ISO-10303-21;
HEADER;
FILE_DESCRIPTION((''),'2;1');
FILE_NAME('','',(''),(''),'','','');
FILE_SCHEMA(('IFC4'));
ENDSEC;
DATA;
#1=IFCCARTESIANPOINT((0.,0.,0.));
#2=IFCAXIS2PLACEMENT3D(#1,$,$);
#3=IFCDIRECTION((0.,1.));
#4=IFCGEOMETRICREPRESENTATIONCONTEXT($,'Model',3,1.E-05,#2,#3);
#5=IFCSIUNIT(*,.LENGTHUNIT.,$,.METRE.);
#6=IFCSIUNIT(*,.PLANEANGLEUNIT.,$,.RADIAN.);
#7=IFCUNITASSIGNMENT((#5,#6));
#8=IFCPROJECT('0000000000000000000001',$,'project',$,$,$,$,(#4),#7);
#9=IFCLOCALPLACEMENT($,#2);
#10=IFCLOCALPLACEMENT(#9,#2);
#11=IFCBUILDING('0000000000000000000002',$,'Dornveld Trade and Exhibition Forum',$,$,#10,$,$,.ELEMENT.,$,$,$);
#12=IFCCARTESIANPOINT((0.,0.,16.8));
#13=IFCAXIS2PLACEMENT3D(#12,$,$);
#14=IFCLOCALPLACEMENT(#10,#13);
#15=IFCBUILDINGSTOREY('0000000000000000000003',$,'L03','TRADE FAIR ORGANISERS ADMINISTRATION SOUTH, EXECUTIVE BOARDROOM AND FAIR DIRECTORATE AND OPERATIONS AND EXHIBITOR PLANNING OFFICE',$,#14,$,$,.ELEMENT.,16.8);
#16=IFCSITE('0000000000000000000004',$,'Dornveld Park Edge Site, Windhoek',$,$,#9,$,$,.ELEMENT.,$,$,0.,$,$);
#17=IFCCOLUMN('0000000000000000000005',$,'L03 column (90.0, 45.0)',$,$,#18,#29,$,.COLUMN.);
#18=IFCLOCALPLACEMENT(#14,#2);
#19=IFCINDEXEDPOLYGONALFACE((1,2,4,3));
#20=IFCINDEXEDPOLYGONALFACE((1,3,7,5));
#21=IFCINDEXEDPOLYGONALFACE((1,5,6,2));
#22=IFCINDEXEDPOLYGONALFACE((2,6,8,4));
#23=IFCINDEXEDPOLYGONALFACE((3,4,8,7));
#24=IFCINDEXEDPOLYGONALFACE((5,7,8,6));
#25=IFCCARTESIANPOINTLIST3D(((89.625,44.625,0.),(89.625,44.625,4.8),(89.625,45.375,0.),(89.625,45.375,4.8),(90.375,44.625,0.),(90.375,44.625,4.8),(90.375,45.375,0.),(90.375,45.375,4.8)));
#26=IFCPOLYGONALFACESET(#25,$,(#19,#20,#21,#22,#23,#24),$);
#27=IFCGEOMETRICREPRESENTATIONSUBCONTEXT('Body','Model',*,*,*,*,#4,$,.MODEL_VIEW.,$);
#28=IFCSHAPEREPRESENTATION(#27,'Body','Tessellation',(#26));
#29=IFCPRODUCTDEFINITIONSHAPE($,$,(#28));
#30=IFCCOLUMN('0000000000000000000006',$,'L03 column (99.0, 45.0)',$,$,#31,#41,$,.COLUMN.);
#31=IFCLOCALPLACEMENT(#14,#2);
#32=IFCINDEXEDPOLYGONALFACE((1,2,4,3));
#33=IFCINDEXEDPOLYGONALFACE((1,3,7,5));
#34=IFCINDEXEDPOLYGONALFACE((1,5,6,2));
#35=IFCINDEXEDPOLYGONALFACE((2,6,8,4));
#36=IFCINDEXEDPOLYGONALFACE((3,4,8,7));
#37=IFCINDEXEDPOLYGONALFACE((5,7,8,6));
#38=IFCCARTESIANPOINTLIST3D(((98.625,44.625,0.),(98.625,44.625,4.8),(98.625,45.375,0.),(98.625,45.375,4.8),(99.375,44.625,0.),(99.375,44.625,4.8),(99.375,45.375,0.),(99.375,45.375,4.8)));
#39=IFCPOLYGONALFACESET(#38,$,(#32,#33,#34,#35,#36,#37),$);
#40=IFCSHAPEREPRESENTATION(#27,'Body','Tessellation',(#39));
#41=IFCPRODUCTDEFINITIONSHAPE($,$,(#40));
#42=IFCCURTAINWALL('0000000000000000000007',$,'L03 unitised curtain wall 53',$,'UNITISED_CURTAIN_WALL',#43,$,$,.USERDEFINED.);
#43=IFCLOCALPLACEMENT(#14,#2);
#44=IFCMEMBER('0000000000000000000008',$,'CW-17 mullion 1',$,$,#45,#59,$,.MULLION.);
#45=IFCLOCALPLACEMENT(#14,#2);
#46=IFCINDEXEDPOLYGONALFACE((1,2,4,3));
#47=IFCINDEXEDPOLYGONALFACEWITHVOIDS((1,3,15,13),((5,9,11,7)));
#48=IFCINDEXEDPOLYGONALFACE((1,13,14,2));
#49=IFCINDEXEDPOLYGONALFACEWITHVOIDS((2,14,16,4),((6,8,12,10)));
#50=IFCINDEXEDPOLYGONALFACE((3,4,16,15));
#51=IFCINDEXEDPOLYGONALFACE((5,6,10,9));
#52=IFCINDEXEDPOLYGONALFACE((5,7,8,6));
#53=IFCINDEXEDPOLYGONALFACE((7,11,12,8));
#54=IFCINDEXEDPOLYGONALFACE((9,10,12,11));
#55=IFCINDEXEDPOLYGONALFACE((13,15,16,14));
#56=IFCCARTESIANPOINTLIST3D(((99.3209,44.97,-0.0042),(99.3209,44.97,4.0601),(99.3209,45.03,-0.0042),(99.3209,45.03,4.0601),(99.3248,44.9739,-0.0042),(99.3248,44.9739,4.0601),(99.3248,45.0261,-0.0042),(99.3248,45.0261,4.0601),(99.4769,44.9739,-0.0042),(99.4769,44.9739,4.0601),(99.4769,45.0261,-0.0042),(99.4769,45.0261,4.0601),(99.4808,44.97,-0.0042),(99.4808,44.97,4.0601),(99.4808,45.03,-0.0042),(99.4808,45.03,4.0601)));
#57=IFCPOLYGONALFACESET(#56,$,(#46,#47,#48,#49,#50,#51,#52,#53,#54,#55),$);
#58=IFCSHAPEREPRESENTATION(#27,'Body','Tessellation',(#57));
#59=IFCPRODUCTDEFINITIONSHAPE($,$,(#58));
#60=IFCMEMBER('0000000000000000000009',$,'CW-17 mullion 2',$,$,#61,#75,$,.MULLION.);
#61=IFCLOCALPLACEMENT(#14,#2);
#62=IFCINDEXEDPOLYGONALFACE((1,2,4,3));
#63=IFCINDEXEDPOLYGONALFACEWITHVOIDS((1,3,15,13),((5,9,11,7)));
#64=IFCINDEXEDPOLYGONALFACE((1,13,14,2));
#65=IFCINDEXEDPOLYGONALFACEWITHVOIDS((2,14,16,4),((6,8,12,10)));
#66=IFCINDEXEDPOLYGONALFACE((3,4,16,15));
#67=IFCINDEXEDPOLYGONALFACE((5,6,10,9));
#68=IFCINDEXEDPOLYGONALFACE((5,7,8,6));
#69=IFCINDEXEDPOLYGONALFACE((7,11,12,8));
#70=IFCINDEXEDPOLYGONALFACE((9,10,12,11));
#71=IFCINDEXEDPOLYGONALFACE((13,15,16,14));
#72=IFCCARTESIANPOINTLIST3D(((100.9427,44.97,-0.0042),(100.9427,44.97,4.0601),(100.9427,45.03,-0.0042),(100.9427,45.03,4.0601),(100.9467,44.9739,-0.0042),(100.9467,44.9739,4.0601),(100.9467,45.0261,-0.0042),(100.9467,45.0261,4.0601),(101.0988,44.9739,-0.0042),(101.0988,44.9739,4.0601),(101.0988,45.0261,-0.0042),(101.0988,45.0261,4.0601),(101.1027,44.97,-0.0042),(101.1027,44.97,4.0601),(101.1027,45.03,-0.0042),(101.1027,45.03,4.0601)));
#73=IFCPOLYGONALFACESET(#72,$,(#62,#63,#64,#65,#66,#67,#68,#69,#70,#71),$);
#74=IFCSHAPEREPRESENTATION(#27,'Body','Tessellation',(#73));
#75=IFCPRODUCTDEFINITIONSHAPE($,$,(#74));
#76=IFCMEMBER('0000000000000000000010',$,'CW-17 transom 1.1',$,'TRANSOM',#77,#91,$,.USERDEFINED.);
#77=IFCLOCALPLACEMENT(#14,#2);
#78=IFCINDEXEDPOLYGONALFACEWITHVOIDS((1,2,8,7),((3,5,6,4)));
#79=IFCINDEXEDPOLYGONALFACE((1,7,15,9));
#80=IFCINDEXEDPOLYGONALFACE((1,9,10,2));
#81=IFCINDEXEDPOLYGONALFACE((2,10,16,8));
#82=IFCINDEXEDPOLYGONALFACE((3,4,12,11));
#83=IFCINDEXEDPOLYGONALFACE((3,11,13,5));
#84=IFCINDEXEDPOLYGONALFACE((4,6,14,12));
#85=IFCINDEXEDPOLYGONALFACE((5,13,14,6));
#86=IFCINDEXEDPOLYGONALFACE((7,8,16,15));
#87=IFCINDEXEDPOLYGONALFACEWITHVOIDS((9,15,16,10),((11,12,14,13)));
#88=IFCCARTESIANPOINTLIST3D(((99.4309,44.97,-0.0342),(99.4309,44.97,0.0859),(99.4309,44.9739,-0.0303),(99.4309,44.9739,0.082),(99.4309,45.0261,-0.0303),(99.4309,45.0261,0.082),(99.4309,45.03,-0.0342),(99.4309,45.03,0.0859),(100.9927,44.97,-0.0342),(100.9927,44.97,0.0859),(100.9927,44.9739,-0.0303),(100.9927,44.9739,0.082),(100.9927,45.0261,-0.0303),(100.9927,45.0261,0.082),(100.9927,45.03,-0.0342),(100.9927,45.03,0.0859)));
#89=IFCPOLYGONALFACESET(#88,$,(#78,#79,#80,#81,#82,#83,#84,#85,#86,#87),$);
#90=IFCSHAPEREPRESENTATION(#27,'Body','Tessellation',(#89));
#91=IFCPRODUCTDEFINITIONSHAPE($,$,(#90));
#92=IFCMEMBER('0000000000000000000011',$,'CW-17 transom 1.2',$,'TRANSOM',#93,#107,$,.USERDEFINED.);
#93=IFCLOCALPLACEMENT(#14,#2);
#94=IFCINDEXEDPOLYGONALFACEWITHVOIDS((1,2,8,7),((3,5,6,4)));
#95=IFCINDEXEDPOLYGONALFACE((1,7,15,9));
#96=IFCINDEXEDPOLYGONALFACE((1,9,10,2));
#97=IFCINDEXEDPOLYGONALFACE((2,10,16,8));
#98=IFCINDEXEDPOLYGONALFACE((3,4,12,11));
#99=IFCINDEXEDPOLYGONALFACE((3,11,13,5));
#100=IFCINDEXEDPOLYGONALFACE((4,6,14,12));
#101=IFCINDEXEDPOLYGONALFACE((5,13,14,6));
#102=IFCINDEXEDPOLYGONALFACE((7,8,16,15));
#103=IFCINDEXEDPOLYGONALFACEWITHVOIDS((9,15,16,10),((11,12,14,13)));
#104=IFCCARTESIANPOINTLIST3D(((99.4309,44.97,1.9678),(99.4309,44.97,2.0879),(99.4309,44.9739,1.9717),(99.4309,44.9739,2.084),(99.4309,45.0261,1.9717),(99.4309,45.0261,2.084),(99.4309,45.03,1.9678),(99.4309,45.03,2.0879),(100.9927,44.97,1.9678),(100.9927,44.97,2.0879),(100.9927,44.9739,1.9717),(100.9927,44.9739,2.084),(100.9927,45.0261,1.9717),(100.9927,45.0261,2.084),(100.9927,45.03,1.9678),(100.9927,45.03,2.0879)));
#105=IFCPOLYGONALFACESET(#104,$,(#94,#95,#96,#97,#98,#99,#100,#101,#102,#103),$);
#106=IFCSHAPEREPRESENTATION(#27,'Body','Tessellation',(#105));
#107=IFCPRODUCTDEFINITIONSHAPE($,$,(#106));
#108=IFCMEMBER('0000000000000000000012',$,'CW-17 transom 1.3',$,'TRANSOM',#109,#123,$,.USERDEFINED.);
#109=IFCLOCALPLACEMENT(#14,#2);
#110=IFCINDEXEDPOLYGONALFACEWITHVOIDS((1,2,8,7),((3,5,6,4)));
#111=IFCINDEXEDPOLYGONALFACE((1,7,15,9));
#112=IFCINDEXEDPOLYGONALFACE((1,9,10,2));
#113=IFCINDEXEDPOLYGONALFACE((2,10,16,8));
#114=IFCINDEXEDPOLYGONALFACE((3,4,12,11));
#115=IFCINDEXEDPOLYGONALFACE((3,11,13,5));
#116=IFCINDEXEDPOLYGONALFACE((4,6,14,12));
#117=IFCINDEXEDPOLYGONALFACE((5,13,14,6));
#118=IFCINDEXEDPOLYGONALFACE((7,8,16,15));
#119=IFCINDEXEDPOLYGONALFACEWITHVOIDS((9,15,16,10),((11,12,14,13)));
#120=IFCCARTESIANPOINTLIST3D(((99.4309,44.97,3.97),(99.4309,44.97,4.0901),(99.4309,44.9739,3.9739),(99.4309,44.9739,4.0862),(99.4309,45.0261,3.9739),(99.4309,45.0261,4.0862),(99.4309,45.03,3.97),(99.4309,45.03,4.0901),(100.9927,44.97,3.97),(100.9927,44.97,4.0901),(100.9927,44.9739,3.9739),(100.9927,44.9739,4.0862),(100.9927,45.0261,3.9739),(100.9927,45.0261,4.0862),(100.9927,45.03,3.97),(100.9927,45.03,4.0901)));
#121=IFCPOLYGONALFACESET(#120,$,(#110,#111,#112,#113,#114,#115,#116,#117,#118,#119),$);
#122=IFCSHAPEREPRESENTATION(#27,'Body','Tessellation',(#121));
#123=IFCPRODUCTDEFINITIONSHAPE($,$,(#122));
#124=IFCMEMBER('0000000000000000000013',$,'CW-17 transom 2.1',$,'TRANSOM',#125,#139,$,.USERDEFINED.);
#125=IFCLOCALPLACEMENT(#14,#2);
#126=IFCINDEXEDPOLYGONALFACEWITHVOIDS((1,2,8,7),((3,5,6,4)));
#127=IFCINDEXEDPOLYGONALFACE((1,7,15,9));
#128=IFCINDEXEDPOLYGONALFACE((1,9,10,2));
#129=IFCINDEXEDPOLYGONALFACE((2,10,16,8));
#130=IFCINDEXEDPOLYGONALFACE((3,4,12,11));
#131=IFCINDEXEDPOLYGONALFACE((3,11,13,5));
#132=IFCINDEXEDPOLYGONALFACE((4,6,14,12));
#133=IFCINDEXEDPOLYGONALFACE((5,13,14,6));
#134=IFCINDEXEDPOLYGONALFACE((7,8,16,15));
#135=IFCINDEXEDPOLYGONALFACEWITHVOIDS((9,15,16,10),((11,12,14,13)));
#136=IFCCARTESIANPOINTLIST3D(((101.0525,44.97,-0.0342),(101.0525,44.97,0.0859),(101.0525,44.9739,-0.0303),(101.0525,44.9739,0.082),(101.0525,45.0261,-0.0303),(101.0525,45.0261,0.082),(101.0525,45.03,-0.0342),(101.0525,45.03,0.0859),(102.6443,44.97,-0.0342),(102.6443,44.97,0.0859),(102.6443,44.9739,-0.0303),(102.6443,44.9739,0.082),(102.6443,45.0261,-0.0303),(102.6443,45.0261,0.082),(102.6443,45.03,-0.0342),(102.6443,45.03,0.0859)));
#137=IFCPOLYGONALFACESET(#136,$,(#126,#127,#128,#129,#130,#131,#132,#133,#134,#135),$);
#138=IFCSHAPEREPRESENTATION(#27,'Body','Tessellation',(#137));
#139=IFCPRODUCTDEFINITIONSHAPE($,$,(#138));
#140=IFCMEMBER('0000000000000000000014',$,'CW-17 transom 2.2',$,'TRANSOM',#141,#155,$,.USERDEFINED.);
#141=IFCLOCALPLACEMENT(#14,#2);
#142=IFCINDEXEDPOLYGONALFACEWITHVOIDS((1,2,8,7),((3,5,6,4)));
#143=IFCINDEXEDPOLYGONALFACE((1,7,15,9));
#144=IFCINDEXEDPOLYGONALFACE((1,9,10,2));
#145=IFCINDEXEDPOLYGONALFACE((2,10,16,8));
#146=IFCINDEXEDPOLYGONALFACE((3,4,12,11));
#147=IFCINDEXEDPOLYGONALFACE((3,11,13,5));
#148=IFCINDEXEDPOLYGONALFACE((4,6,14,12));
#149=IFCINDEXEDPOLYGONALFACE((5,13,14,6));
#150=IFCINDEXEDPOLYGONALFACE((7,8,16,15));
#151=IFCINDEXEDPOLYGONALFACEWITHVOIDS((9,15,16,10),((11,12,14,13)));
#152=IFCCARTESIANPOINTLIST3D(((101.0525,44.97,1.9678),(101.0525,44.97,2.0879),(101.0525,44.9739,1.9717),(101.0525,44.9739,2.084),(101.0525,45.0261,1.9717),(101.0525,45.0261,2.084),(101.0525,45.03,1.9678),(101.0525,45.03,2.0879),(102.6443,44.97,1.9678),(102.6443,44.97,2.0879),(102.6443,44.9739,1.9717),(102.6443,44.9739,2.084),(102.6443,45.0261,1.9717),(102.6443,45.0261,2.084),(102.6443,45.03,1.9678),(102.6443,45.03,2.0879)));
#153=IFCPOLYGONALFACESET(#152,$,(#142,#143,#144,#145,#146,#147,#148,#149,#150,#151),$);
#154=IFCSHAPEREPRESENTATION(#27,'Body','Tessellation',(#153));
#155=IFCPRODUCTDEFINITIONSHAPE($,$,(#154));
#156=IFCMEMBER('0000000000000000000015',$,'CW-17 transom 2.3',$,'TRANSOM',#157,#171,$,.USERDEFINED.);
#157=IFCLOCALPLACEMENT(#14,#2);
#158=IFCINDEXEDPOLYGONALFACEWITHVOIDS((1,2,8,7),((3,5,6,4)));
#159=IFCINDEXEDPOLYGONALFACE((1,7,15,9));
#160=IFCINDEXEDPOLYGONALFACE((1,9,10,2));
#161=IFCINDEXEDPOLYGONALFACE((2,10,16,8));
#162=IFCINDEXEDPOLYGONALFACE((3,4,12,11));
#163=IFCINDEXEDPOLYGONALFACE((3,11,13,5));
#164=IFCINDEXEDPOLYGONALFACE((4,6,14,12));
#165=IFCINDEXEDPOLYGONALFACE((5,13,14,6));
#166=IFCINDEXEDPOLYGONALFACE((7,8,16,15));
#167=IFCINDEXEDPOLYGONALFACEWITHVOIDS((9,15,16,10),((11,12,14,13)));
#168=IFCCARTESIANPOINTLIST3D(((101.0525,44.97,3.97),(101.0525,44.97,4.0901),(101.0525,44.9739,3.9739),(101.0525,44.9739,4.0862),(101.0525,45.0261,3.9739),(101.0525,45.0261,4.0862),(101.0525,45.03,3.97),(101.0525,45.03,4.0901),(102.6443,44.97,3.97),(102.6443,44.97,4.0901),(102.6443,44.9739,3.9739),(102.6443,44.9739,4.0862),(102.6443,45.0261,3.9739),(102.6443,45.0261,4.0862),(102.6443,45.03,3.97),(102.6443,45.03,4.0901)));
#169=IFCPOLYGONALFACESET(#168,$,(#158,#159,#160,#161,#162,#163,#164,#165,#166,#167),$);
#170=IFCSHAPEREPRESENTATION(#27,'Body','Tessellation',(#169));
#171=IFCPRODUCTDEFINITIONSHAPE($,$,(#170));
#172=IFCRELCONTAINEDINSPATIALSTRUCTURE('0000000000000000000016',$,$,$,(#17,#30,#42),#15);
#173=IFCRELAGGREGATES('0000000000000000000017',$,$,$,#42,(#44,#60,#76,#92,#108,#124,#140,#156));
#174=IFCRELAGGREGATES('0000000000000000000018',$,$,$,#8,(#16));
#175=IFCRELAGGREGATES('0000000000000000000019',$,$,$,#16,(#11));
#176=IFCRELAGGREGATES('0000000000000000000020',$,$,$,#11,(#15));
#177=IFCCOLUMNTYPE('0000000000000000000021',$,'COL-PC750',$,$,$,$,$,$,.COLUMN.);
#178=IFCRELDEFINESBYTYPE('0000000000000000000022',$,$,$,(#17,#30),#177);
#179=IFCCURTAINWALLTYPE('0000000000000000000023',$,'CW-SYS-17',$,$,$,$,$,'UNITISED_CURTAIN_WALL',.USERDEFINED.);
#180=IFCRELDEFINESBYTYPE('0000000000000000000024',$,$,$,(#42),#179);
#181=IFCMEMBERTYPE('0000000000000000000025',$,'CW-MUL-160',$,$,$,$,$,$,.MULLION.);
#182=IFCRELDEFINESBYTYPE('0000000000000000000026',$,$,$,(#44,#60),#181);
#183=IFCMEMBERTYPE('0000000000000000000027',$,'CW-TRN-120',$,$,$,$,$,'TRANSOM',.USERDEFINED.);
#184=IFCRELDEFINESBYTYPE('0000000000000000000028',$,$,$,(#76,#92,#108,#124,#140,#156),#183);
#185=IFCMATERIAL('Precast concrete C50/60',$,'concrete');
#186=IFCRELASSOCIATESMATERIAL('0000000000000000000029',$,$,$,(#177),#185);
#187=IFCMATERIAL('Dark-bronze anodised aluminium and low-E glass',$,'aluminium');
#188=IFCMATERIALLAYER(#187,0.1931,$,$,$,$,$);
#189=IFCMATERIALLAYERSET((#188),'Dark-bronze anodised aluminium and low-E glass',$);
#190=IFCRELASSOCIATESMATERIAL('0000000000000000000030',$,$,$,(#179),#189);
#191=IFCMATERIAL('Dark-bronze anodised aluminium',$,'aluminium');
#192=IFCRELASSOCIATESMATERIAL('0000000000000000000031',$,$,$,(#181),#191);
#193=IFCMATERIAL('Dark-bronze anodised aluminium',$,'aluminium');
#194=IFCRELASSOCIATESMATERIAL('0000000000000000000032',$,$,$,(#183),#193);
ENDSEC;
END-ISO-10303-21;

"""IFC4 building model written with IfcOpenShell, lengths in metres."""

from ifc_helpers import new_model, si_unit, direction, frame, origin, origin_2d, place, context, subcontext, project, spatial, rectangle, hollow_rectangle, extrude, material, layer, layer_set, material_profile, profile_set, type_object, element, aggregate, save


model = new_model("IFC4")

# Units and contexts
model_context = context("Model", 3, precision=1e-05, world=origin(), true_north=direction((0.0, 1.0)))
body_context = subcontext(model_context, "Body", "Model", "MODEL_VIEW")
ifc_project = project(units=[si_unit("LENGTHUNIT", "METRE"), si_unit("PLANEANGLEUNIT", "RADIAN")], contexts=[model_context])

# Site, building, storey
site_placement = place(None, origin())
site = spatial("IfcSite", under=ifc_project, at=site_placement, Name="Dornveld Park Edge Site, Windhoek", CompositionType="ELEMENT", RefElevation=0.0)
building_placement = place(site_placement, origin())
building = spatial("IfcBuilding", under=site, at=building_placement, Name="Dornveld Trade and Exhibition Forum", CompositionType="ELEMENT")
storey_placement = place(building_placement, frame((0.0, 0.0, 16.8)))
storey = spatial("IfcBuildingStorey", under=building, at=storey_placement, Name="L03", Description="TRADE FAIR ORGANISERS ADMINISTRATION SOUTH, EXECUTIVE BOARDROOM AND FAIR DIRECTORATE AND OPERATIONS AND EXHIBITOR PLANNING OFFICE", CompositionType="ELEMENT", Elevation=16.8)

# Columns
ifc_material_1 = material(Name="Precast concrete C50/60", Category="concrete")
ifc_material_profile_1 = material_profile(ifc_material_1, rectangle(XDim=0.75, YDim=0.75, at=origin_2d()), Name="PC-COL 750x750")
ifc_profile_set_1 = profile_set([ifc_material_profile_1], Name="Precast concrete C50/60")
column_type = type_object("IfcColumnType", Name="COL-PC750", PredefinedType="COLUMN", material=ifc_profile_set_1)
for number, where, z_axis, x_axis, name in (
    (1, (90.0, 45.0, 0.0), (0.0, 0.0, 1.0), (1.0, 0.0, 0.0), "L03 column (90.0, 45.0)"),
    (2, (99.0, 45.0, 0.0), (0.0, 0.0, 1.0), (1.0, 0.0, 0.0), "L03 column (99.0, 45.0)"),
):
    element("IfcColumn", number, at=place(storey_placement, frame(where, z_axis=z_axis, x_axis=x_axis)), inside=storey, type_object=column_type, Name=name, PredefinedType="COLUMN", context=body_context, shape_type="SweptSolid", body=[
        extrude(rectangle(XDim=0.75, YDim=0.75, at=origin_2d()), origin(), (0.0, 0.0, 1.0), 4.8),
    ])

# Curtain wall, members
ifc_material_2 = material(Name="Dark-bronze anodised aluminium and low-E glass", Category="aluminium")
ifc_layer_1 = layer(ifc_material_2, 0.1931)
ifc_layer_set_1 = layer_set([ifc_layer_1], Name="Dark-bronze anodised aluminium and low-E glass")
curtain_wall_type = type_object("IfcCurtainWallType", Name="CW-SYS-17", ElementType="UNITISED_CURTAIN_WALL", PredefinedType="USERDEFINED", material=ifc_layer_set_1)
curtain_wall_placement = place(storey_placement, origin())
curtain_wall = element("IfcCurtainWall", 3, at=curtain_wall_placement, inside=storey, type_object=curtain_wall_type, Name="L03 unitised curtain wall 53", ObjectType="UNITISED_CURTAIN_WALL", PredefinedType="USERDEFINED")
ifc_material_3 = material(Name="Dark-bronze anodised aluminium", Category="aluminium")
ifc_material_profile_2 = material_profile(ifc_material_3, hollow_rectangle(XDim=0.0601, YDim=0.1599, WallThickness=0.0039, at=origin_2d()), Name="RHS 160x60x4")
ifc_profile_set_2 = profile_set([ifc_material_profile_2], Name="Dark-bronze anodised aluminium")
member_type_1 = type_object("IfcMemberType", Name="CW-MUL-160", PredefinedType="MULLION", material=ifc_profile_set_2)
member_1_placement = place(storey_placement, frame((99.4009, 45.0, -0.0042), z_axis=(0.0, 0.0, 1.0), x_axis=(0.0, 1.0, 0.0)))
member_1 = element("IfcMember", 4, at=member_1_placement, type_object=member_type_1, Name="CW-17 mullion 1", PredefinedType="MULLION", context=body_context, shape_type="SweptSolid", body=[
    extrude(hollow_rectangle(XDim=0.0601, YDim=0.1599, WallThickness=0.0039, at=origin_2d()), origin(), (0.0, 0.0, 1.0), 4.0642),
])
member_2_placement = place(storey_placement, frame((101.0227, 45.0, -0.0042), z_axis=(0.0, 0.0, 1.0), x_axis=(0.0, 1.0, 0.0)))
member_2 = element("IfcMember", 5, at=member_2_placement, type_object=member_type_1, Name="CW-17 mullion 2", PredefinedType="MULLION", context=body_context, shape_type="SweptSolid", body=[
    extrude(hollow_rectangle(XDim=0.0601, YDim=0.1599, WallThickness=0.0039, at=origin_2d()), origin(), (0.0, 0.0, 1.0), 4.0642),
])
ifc_material_4 = material(Name="Dark-bronze anodised aluminium", Category="aluminium")
ifc_material_profile_3 = material_profile(ifc_material_4, hollow_rectangle(XDim=0.0601, YDim=0.1201, WallThickness=0.0039, at=origin_2d()), Name="RHS 120x60x4")
ifc_profile_set_3 = profile_set([ifc_material_profile_3], Name="Dark-bronze anodised aluminium")
member_type_2 = type_object("IfcMemberType", Name="CW-TRN-120", ElementType="TRANSOM", PredefinedType="USERDEFINED", material=ifc_profile_set_3)
member_3_placement = place(storey_placement, frame((99.4309, 45.0, 0.0259), z_axis=(1.0, 0.0, 0.0), x_axis=(0.0, 1.0, 0.0)))
member_3 = element("IfcMember", 6, at=member_3_placement, type_object=member_type_2, Name="CW-17 transom 1.1", ObjectType="TRANSOM", PredefinedType="USERDEFINED", context=body_context, shape_type="SweptSolid", body=[
    extrude(hollow_rectangle(XDim=0.0601, YDim=0.1201, WallThickness=0.0039, at=origin_2d()), origin(), (0.0, 0.0, 1.0), 1.5618),
])
member_4_placement = place(storey_placement, frame((99.4309, 45.0, 2.0278), z_axis=(1.0, 0.0, 0.0), x_axis=(0.0, 1.0, 0.0)))
member_4 = element("IfcMember", 7, at=member_4_placement, type_object=member_type_2, Name="CW-17 transom 1.2", ObjectType="TRANSOM", PredefinedType="USERDEFINED", context=body_context, shape_type="SweptSolid", body=[
    extrude(hollow_rectangle(XDim=0.0601, YDim=0.1201, WallThickness=0.0039, at=origin_2d()), origin(), (0.0, 0.0, 1.0), 1.5618),
])
member_5_placement = place(storey_placement, frame((99.4309, 45.0, 4.03), z_axis=(1.0, 0.0, 0.0), x_axis=(0.0, 1.0, 0.0)))
member_5 = element("IfcMember", 8, at=member_5_placement, type_object=member_type_2, Name="CW-17 transom 1.3", ObjectType="TRANSOM", PredefinedType="USERDEFINED", context=body_context, shape_type="SweptSolid", body=[
    extrude(hollow_rectangle(XDim=0.0601, YDim=0.1201, WallThickness=0.0039, at=origin_2d()), origin(), (0.0, 0.0, 1.0), 1.5618),
])
member_6_placement = place(storey_placement, frame((101.0525, 45.0, 0.0259), z_axis=(1.0, 0.0, 0.0), x_axis=(0.0, 1.0, 0.0)))
member_6 = element("IfcMember", 9, at=member_6_placement, type_object=member_type_2, Name="CW-17 transom 2.1", ObjectType="TRANSOM", PredefinedType="USERDEFINED", context=body_context, shape_type="SweptSolid", body=[
    extrude(hollow_rectangle(XDim=0.0601, YDim=0.1201, WallThickness=0.0039, at=origin_2d()), origin(), (0.0, 0.0, 1.0), 1.5918),
])
member_7_placement = place(storey_placement, frame((101.0525, 45.0, 2.0278), z_axis=(1.0, 0.0, 0.0), x_axis=(0.0, 1.0, 0.0)))
member_7 = element("IfcMember", 10, at=member_7_placement, type_object=member_type_2, Name="CW-17 transom 2.2", ObjectType="TRANSOM", PredefinedType="USERDEFINED", context=body_context, shape_type="SweptSolid", body=[
    extrude(hollow_rectangle(XDim=0.0601, YDim=0.1201, WallThickness=0.0039, at=origin_2d()), origin(), (0.0, 0.0, 1.0), 1.5918),
])
member_8_placement = place(storey_placement, frame((101.0525, 45.0, 4.03), z_axis=(1.0, 0.0, 0.0), x_axis=(0.0, 1.0, 0.0)))
member_8 = element("IfcMember", 11, at=member_8_placement, type_object=member_type_2, Name="CW-17 transom 2.3", ObjectType="TRANSOM", PredefinedType="USERDEFINED", context=body_context, shape_type="SweptSolid", body=[
    extrude(hollow_rectangle(XDim=0.0601, YDim=0.1201, WallThickness=0.0039, at=origin_2d()), origin(), (0.0, 0.0, 1.0), 1.5918),
])

aggregate(curtain_wall, [member_1, member_2, member_3, member_4, member_5, member_6, member_7, member_8])

save(model, "model.ifc")
